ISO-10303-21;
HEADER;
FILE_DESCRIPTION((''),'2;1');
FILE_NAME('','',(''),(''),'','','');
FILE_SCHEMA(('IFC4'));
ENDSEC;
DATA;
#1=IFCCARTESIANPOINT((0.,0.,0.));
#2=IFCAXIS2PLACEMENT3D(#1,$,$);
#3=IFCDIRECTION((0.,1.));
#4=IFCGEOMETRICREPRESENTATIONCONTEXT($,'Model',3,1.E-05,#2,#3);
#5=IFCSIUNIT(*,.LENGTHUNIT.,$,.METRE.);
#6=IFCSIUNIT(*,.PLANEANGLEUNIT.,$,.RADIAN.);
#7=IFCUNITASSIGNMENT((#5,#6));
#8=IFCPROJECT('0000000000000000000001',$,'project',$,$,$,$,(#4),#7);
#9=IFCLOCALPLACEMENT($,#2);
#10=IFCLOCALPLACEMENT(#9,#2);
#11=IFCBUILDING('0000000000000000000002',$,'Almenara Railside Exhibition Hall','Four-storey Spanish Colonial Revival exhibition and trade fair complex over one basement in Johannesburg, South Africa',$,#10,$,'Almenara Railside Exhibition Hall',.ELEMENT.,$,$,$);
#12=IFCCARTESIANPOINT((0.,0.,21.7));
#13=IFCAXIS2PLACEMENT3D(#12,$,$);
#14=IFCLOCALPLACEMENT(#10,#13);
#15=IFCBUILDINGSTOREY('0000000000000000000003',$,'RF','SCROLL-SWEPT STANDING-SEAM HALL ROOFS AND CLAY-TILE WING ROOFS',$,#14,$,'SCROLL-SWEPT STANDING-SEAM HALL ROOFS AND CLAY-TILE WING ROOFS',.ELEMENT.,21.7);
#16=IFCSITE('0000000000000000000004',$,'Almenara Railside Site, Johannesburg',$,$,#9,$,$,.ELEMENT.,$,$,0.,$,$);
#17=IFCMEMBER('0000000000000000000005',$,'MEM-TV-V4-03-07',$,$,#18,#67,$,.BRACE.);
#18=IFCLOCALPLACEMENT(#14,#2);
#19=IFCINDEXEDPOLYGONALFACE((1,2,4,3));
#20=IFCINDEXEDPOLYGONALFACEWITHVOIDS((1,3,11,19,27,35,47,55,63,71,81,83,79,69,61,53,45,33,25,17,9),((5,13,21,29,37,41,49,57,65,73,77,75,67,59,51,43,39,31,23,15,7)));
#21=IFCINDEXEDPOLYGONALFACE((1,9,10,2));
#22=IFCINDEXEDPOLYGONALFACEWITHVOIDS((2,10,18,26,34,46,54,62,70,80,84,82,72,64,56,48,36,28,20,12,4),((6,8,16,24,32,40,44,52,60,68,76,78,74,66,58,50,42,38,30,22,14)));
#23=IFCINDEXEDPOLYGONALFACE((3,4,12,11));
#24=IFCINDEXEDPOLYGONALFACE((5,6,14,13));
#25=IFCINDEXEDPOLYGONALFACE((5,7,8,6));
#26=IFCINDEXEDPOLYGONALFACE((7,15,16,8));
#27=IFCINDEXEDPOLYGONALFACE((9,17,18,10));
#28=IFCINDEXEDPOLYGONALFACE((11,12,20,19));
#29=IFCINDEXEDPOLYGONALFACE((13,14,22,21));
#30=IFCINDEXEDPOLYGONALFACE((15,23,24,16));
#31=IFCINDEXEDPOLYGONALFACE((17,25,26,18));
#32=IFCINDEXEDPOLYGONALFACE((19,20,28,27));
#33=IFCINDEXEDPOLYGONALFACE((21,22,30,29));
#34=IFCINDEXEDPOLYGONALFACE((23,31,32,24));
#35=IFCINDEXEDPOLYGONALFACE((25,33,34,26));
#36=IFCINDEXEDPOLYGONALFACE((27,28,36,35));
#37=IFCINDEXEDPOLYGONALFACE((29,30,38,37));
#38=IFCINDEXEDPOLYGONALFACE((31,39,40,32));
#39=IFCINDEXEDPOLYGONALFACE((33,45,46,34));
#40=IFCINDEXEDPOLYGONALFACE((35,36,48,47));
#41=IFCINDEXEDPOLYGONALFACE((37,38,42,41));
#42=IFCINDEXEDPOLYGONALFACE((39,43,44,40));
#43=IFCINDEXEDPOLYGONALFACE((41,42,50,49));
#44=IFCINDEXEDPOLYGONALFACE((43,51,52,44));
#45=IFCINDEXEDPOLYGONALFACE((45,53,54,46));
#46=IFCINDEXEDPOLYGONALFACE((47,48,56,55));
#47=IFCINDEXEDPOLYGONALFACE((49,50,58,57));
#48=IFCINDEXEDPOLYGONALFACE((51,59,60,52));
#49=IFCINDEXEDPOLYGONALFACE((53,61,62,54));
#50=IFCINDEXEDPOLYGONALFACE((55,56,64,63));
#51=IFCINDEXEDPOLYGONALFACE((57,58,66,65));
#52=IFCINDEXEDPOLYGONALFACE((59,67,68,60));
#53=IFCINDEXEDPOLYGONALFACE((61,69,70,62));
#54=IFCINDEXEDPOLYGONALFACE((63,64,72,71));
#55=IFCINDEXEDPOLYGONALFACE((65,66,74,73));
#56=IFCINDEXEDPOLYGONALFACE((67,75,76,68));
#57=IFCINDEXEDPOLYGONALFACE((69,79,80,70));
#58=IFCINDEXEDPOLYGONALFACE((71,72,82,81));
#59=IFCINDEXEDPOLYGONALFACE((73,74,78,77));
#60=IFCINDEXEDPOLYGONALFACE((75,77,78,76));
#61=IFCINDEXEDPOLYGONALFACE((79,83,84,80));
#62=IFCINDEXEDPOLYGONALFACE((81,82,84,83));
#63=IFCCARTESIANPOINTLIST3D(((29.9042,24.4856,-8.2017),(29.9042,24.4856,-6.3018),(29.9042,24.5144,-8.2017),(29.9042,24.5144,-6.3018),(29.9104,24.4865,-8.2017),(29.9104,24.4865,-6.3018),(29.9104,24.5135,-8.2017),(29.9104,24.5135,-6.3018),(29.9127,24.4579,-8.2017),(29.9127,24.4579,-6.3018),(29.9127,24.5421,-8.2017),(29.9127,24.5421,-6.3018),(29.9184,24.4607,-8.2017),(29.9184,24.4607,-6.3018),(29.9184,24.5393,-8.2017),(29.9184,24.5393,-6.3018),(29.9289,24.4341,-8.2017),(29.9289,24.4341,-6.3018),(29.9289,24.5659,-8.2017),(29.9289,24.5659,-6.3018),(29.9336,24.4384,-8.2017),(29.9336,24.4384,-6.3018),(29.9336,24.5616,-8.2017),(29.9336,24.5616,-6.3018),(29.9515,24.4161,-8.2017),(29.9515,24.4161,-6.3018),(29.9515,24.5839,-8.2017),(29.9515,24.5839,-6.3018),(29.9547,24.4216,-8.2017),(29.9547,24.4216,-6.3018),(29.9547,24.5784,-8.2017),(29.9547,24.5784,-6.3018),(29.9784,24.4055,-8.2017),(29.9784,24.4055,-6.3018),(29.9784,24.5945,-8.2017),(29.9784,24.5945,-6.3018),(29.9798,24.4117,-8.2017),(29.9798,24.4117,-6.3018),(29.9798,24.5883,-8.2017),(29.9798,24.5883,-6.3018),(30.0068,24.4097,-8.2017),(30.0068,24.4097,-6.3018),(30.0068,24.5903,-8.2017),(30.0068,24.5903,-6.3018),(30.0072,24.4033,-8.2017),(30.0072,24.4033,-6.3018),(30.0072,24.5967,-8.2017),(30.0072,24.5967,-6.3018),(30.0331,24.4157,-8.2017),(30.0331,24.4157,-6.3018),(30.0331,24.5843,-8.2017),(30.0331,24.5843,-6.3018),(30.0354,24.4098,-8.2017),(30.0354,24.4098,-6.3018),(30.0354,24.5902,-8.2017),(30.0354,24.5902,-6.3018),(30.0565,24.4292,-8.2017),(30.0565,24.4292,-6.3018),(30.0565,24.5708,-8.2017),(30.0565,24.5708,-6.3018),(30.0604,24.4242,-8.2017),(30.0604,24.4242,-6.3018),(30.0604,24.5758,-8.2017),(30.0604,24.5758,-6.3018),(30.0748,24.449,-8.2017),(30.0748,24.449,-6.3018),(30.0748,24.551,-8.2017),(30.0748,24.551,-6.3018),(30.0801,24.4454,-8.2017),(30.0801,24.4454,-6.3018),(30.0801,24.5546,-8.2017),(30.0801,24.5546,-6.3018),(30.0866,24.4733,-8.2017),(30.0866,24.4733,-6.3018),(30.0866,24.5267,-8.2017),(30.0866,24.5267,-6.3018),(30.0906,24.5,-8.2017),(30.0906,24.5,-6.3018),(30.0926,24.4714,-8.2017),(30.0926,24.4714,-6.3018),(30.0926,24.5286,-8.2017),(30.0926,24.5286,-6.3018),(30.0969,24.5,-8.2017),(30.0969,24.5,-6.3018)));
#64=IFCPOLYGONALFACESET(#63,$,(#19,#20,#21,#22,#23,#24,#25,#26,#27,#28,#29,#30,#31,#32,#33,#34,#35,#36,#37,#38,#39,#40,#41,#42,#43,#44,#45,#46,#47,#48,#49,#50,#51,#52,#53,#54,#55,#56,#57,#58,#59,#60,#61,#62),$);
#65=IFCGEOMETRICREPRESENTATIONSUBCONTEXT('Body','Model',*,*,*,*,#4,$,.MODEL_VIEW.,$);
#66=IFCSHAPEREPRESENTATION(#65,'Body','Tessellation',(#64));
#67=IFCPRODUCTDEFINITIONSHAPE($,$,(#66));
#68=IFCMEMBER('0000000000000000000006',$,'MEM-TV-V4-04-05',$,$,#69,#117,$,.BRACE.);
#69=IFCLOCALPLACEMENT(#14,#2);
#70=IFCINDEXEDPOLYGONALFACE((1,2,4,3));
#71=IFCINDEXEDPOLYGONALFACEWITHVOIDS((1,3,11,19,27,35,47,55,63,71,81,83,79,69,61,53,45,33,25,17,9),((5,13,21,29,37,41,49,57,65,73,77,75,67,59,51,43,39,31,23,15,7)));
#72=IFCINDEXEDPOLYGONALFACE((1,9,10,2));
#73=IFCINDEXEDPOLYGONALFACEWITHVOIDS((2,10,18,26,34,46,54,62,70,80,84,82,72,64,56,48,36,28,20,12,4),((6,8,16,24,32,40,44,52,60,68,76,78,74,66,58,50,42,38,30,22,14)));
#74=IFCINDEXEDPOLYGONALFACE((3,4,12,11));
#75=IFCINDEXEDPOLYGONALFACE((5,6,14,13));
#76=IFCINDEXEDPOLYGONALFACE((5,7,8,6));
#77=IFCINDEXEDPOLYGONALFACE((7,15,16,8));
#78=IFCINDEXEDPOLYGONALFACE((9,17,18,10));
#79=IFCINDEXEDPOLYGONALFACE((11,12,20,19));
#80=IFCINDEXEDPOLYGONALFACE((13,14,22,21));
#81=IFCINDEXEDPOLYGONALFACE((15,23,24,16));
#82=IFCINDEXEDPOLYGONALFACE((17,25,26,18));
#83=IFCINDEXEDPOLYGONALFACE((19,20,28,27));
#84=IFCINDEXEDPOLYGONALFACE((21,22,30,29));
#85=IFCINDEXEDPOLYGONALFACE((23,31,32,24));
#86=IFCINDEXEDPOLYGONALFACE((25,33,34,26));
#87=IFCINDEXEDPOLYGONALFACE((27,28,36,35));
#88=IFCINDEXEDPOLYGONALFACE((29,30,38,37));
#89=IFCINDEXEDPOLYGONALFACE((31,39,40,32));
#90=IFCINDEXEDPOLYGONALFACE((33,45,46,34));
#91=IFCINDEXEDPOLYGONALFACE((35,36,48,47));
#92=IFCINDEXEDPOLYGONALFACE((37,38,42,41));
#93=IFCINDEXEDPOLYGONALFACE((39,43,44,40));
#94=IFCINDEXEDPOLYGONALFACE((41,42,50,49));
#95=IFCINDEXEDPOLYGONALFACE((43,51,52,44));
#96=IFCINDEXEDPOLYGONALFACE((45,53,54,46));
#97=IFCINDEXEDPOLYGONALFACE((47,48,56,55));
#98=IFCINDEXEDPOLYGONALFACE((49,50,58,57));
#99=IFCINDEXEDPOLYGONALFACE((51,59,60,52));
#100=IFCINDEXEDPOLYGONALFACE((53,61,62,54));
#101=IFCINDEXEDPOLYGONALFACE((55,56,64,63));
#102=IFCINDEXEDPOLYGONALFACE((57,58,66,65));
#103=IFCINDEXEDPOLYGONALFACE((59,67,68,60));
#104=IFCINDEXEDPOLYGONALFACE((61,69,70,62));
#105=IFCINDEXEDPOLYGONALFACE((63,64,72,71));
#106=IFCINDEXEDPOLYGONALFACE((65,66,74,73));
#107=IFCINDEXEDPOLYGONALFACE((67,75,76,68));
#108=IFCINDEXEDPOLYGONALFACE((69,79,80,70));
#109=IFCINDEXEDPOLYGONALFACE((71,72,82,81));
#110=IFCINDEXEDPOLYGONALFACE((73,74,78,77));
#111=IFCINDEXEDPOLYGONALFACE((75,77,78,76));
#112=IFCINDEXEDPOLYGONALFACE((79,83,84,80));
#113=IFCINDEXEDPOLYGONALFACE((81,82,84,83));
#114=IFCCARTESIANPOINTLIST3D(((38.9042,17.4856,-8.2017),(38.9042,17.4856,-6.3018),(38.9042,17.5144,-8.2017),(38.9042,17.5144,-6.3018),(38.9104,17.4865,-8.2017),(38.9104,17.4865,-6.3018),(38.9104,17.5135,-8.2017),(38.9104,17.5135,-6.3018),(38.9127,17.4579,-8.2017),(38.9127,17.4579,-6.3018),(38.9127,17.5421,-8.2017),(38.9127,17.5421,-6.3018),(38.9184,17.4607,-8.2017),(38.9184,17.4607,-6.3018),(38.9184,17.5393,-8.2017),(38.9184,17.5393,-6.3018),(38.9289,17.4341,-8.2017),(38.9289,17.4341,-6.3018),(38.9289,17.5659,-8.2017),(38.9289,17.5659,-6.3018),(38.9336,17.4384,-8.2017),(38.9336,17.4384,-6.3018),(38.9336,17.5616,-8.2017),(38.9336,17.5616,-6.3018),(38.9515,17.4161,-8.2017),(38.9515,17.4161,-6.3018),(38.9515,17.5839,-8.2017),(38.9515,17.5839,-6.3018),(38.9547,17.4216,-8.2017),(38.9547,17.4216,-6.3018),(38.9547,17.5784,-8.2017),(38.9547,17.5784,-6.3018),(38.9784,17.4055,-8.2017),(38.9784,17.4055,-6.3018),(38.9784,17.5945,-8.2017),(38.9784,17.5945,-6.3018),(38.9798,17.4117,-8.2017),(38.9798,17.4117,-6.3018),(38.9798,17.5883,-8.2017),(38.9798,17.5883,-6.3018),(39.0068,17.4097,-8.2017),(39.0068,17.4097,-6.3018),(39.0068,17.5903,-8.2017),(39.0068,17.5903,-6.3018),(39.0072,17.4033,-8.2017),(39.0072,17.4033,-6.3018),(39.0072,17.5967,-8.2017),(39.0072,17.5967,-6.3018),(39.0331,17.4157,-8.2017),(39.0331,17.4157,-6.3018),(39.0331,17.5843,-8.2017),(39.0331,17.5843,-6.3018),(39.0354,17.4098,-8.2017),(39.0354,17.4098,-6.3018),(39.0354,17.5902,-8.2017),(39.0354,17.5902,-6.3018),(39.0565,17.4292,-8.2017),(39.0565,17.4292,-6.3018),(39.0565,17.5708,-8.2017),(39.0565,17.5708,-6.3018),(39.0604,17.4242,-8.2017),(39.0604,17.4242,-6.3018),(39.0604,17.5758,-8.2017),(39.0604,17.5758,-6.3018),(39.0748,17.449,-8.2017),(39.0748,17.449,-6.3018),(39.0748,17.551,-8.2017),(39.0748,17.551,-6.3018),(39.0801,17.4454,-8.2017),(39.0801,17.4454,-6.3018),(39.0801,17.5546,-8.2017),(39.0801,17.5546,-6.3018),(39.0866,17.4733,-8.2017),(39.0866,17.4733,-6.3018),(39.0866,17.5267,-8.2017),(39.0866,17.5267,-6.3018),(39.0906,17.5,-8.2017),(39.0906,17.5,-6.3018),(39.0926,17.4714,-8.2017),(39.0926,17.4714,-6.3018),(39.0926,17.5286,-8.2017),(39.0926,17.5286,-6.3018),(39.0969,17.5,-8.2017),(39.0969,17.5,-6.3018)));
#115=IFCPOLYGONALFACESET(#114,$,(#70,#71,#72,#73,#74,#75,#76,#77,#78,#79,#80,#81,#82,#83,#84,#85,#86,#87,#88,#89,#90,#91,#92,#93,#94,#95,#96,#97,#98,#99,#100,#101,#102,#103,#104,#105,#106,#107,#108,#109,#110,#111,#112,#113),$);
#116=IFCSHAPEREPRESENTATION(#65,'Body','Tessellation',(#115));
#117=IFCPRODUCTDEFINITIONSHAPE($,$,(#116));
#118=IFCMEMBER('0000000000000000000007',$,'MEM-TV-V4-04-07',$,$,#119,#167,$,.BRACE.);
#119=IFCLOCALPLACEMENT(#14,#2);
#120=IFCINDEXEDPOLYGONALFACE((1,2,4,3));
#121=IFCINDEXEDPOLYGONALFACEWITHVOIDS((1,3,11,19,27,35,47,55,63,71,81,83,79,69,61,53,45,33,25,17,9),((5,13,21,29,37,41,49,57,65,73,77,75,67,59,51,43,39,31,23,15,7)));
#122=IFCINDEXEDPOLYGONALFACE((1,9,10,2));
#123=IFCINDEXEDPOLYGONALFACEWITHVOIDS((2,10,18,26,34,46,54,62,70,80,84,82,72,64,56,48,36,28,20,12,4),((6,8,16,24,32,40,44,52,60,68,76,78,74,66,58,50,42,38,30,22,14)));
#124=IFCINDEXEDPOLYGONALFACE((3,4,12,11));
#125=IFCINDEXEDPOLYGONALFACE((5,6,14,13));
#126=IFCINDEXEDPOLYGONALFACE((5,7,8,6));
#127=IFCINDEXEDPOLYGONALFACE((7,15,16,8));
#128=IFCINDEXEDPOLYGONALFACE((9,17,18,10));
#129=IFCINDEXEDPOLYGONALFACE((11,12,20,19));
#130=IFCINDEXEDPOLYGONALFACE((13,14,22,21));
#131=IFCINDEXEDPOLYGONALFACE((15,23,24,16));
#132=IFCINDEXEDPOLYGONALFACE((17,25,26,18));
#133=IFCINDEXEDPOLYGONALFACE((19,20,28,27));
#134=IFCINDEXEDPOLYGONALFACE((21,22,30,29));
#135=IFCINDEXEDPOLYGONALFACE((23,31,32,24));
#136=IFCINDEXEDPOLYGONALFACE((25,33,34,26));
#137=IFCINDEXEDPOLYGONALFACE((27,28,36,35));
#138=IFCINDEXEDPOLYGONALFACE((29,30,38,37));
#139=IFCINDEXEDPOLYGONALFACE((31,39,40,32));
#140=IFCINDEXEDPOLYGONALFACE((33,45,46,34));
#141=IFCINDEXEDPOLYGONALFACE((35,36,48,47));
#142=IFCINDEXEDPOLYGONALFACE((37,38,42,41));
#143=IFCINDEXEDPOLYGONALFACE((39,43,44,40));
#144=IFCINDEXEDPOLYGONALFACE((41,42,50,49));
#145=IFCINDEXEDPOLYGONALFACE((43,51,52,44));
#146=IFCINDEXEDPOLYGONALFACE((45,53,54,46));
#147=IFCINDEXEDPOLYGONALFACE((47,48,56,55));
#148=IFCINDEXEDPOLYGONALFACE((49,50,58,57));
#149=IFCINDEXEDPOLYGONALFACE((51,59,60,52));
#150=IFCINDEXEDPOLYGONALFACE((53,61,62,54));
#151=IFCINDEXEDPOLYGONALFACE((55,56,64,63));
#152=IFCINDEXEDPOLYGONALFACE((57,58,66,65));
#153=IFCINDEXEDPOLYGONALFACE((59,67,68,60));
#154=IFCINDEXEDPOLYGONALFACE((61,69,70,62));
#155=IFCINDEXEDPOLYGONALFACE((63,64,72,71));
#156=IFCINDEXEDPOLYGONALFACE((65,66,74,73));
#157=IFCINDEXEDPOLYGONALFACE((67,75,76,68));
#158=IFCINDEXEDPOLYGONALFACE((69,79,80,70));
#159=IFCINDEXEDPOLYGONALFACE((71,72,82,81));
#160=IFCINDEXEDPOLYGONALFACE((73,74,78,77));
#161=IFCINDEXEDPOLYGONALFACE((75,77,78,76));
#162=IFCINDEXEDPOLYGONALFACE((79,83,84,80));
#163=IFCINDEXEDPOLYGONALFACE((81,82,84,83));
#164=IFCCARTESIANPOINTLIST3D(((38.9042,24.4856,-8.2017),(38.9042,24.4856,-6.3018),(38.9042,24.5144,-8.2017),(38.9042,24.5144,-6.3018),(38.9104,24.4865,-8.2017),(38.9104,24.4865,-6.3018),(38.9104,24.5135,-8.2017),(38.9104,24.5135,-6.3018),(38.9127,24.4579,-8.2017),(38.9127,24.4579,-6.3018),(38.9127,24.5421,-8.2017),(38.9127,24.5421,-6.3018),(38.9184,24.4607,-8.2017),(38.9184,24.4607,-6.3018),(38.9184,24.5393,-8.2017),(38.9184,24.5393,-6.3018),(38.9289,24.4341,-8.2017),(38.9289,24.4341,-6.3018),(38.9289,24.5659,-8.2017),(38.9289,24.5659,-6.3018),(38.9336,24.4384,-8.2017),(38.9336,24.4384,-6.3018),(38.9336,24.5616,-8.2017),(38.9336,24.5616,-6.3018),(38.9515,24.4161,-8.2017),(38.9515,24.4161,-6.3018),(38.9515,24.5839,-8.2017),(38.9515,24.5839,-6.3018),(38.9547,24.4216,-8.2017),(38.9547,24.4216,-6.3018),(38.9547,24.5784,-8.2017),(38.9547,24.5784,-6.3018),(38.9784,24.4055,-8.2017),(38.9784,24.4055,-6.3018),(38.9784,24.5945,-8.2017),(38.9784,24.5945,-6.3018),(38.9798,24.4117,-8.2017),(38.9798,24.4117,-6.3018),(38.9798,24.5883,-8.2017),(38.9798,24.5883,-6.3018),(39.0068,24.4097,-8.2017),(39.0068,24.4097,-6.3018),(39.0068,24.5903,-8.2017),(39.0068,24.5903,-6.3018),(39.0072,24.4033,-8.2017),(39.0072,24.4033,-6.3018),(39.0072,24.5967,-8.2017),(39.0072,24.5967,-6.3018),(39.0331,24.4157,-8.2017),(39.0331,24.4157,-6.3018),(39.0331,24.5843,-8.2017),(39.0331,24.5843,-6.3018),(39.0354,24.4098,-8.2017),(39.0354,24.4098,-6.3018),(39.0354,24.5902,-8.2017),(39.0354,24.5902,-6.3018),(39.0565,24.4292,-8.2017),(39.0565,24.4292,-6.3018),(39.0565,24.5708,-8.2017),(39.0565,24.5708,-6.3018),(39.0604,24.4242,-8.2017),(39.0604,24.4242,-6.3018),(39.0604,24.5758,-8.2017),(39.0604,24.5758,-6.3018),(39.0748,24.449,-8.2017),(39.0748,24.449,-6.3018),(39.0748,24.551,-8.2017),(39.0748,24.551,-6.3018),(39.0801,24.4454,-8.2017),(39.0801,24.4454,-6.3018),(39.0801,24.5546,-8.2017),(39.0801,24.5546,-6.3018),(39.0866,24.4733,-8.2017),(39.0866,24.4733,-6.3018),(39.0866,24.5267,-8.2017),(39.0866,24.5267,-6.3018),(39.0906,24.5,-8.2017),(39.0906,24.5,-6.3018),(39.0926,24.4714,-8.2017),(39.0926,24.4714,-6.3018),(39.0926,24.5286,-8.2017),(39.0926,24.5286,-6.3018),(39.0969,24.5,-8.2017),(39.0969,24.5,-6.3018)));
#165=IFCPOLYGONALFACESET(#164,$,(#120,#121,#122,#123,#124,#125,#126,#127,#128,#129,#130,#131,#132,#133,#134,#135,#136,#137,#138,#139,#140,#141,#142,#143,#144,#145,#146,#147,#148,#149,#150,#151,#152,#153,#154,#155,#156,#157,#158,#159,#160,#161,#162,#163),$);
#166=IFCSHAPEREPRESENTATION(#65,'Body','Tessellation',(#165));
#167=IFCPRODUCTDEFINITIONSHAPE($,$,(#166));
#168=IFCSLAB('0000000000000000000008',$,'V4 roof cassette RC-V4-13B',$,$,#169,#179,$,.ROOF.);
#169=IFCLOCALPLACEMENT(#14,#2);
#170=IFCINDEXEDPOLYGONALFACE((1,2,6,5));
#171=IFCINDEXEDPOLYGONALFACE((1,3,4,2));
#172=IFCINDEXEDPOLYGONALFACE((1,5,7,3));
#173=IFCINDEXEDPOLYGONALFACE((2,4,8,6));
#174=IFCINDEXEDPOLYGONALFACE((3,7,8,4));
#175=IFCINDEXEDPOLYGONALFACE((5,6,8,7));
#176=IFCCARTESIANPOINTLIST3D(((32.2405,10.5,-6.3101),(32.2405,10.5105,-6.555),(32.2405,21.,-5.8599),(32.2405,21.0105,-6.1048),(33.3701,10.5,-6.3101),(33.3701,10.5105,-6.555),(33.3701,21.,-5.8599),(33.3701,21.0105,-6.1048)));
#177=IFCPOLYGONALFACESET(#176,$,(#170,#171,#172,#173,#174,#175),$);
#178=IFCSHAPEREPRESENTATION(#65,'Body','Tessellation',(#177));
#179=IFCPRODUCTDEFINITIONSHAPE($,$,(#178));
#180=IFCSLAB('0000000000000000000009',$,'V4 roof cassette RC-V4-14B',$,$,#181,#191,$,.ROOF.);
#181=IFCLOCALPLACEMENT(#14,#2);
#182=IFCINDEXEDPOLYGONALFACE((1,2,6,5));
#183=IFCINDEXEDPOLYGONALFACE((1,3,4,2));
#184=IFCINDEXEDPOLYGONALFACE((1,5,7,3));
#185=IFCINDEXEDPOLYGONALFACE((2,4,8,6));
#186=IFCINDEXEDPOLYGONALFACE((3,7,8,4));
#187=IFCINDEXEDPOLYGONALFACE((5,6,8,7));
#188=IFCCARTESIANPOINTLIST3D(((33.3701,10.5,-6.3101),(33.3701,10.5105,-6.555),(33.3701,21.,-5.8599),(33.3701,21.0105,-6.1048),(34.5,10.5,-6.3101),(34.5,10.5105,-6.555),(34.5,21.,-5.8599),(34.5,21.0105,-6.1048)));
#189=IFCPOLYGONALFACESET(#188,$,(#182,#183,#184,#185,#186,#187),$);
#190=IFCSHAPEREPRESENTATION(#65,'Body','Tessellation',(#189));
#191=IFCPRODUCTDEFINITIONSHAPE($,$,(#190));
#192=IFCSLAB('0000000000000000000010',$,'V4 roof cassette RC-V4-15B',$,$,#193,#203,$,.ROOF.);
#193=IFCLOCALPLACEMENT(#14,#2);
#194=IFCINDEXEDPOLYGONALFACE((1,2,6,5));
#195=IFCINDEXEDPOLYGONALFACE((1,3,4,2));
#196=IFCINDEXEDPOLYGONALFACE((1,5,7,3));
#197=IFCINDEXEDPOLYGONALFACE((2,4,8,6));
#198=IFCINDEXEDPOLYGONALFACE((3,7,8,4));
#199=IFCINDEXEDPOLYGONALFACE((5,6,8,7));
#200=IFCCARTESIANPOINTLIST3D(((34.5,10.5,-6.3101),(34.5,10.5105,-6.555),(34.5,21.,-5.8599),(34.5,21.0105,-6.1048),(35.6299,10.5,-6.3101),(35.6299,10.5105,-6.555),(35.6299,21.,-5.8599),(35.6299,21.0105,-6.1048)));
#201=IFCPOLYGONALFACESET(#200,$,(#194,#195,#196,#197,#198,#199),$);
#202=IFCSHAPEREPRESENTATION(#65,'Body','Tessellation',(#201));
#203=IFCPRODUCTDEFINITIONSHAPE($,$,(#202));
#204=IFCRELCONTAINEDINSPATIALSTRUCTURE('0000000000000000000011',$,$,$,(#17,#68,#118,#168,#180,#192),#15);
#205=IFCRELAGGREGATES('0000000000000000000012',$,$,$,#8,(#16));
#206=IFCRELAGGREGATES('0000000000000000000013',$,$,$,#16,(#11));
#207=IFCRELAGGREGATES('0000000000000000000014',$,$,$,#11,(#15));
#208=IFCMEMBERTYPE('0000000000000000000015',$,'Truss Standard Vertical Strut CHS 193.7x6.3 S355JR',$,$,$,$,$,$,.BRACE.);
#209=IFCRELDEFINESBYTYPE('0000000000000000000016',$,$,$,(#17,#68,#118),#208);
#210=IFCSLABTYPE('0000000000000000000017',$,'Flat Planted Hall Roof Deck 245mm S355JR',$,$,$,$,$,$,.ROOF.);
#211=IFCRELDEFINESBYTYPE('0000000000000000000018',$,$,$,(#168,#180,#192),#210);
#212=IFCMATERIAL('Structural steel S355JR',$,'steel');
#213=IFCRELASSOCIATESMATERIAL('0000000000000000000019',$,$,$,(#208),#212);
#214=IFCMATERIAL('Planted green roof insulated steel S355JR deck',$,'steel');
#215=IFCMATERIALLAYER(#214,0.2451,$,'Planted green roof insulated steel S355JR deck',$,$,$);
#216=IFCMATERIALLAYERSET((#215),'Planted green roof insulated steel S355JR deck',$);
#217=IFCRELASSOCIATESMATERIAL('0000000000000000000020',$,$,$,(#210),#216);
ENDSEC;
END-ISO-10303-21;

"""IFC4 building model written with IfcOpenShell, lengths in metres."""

from ifc_helpers import new_model, si_unit, direction, frame, origin, origin_2d, place, context, subcontext, project, spatial, polyline, hollow_circle, outline, extrude, material, layer, layer_set, material_profile, profile_set, type_object, element, save


model = new_model("IFC4")

# Units and contexts
model_context = context("Model", 3, precision=1e-05, world=origin(), true_north=direction((0.0, 1.0)))
body_context = subcontext(model_context, "Body", "Model", "MODEL_VIEW")
ifc_project = project(units=[si_unit("LENGTHUNIT", "METRE"), si_unit("PLANEANGLEUNIT", "RADIAN")], contexts=[model_context])

# Site, building, storey
site_placement = place(None, origin())
site = spatial("IfcSite", under=ifc_project, at=site_placement, Name="Almenara Railside Site, Johannesburg", CompositionType="ELEMENT", RefElevation=0.0)
building_placement = place(site_placement, origin())
building = spatial("IfcBuilding", under=site, at=building_placement, Name="Almenara Railside Exhibition Hall", Description="Four-storey Spanish Colonial Revival exhibition and trade fair complex over one basement in Johannesburg, South Africa", LongName="Almenara Railside Exhibition Hall", CompositionType="ELEMENT")
storey_placement = place(building_placement, frame((0.0, 0.0, 21.7)))
storey = spatial("IfcBuildingStorey", under=building, at=storey_placement, Name="RF", Description="SCROLL-SWEPT STANDING-SEAM HALL ROOFS AND CLAY-TILE WING ROOFS", LongName="SCROLL-SWEPT STANDING-SEAM HALL ROOFS AND CLAY-TILE WING ROOFS", CompositionType="ELEMENT", Elevation=21.7)

# Members
ifc_material_1 = material(Name="Structural steel S355JR", Category="steel")
ifc_material_profile_1 = material_profile(ifc_material_1, hollow_circle(Radius=0.0969, WallThickness=0.0063, at=origin_2d()), Name="CHS 193.7x6.3")
ifc_profile_set_1 = profile_set([ifc_material_profile_1], Name="Structural steel S355JR")
member_type_1 = type_object("IfcMemberType", Name="Truss Standard Vertical Strut CHS 193.7x6.3 S355JR", PredefinedType="BRACE", material=ifc_profile_set_1)
for number, where, z_axis, x_axis, name in (
    (1, (30.0, 24.5, -8.2017), (0.0, 0.0, 1.0), (1.0, 0.0, 0.0), "MEM-TV-V4-03-07"),
    (2, (39.0, 17.5, -8.2017), (0.0, 0.0, 1.0), (1.0, 0.0, 0.0), "MEM-TV-V4-04-05"),
    (3, (39.0, 24.5, -8.2017), (0.0, 0.0, 1.0), (1.0, 0.0, 0.0), "MEM-TV-V4-04-07"),
):
    element("IfcMember", number, at=place(storey_placement, frame(where, z_axis=z_axis, x_axis=x_axis)), inside=storey, type_object=member_type_1, Name=name, PredefinedType="BRACE", context=body_context, shape_type="SweptSolid", body=[
        extrude(hollow_circle(Radius=0.0969, WallThickness=0.0063, at=origin_2d()), origin(), (0.0, 0.0, 1.0), 1.8999),
    ])

# Slabs
ifc_material_2 = material(Name="Planted green roof insulated steel S355JR deck", Category="steel")
ifc_layer_1 = layer(ifc_material_2, 0.2451, Name="Planted green roof insulated steel S355JR deck")
ifc_layer_set_1 = layer_set([ifc_layer_1], Name="Planted green roof insulated steel S355JR deck")
slab_type_1 = type_object("IfcSlabType", Name="Flat Planted Hall Roof Deck 245mm S355JR", PredefinedType="ROOF", material=ifc_layer_set_1)
slab_1_placement = place(storey_placement, frame((32.2405, 21.0, -5.8599), z_axis=(0.0, -0.042836, 0.999082), x_axis=(1.0, 0.0, 0.0)))
element("IfcSlab", 4, at=slab_1_placement, inside=storey, type_object=slab_type_1, Name="V4 roof cassette RC-V4-13B", PredefinedType="ROOF", context=body_context, shape_type="SweptSolid", body=[
    extrude(outline(polyline([(0.0, 0.0), (1.1296, 0.0), (1.1296, -10.5096), (0.0, -10.5096), (0.0, 0.0)])), origin(), (0.0, 0.0, -1.0), 0.2451),
])
for number, where, z_axis, x_axis, name in (
    (5, (33.3701, 21.0, -5.8599), (0.0, -0.042836, 0.999082), (1.0, 0.0, 0.0), "V4 roof cassette RC-V4-14B"),
    (6, (34.5, 21.0, -5.8599), (0.0, -0.042836, 0.999082), (1.0, 0.0, 0.0), "V4 roof cassette RC-V4-15B"),
):
    element("IfcSlab", number, at=place(storey_placement, frame(where, z_axis=z_axis, x_axis=x_axis)), inside=storey, type_object=slab_type_1, Name=name, PredefinedType="ROOF", context=body_context, shape_type="SweptSolid", body=[
        extrude(outline(polyline([(0.0, 0.0), (1.1299, 0.0), (1.1299, -10.5096), (0.0, -10.5096), (0.0, 0.0)])), origin(), (0.0, 0.0, -1.0), 0.2451),
    ])

save(model, "model.ifc")
